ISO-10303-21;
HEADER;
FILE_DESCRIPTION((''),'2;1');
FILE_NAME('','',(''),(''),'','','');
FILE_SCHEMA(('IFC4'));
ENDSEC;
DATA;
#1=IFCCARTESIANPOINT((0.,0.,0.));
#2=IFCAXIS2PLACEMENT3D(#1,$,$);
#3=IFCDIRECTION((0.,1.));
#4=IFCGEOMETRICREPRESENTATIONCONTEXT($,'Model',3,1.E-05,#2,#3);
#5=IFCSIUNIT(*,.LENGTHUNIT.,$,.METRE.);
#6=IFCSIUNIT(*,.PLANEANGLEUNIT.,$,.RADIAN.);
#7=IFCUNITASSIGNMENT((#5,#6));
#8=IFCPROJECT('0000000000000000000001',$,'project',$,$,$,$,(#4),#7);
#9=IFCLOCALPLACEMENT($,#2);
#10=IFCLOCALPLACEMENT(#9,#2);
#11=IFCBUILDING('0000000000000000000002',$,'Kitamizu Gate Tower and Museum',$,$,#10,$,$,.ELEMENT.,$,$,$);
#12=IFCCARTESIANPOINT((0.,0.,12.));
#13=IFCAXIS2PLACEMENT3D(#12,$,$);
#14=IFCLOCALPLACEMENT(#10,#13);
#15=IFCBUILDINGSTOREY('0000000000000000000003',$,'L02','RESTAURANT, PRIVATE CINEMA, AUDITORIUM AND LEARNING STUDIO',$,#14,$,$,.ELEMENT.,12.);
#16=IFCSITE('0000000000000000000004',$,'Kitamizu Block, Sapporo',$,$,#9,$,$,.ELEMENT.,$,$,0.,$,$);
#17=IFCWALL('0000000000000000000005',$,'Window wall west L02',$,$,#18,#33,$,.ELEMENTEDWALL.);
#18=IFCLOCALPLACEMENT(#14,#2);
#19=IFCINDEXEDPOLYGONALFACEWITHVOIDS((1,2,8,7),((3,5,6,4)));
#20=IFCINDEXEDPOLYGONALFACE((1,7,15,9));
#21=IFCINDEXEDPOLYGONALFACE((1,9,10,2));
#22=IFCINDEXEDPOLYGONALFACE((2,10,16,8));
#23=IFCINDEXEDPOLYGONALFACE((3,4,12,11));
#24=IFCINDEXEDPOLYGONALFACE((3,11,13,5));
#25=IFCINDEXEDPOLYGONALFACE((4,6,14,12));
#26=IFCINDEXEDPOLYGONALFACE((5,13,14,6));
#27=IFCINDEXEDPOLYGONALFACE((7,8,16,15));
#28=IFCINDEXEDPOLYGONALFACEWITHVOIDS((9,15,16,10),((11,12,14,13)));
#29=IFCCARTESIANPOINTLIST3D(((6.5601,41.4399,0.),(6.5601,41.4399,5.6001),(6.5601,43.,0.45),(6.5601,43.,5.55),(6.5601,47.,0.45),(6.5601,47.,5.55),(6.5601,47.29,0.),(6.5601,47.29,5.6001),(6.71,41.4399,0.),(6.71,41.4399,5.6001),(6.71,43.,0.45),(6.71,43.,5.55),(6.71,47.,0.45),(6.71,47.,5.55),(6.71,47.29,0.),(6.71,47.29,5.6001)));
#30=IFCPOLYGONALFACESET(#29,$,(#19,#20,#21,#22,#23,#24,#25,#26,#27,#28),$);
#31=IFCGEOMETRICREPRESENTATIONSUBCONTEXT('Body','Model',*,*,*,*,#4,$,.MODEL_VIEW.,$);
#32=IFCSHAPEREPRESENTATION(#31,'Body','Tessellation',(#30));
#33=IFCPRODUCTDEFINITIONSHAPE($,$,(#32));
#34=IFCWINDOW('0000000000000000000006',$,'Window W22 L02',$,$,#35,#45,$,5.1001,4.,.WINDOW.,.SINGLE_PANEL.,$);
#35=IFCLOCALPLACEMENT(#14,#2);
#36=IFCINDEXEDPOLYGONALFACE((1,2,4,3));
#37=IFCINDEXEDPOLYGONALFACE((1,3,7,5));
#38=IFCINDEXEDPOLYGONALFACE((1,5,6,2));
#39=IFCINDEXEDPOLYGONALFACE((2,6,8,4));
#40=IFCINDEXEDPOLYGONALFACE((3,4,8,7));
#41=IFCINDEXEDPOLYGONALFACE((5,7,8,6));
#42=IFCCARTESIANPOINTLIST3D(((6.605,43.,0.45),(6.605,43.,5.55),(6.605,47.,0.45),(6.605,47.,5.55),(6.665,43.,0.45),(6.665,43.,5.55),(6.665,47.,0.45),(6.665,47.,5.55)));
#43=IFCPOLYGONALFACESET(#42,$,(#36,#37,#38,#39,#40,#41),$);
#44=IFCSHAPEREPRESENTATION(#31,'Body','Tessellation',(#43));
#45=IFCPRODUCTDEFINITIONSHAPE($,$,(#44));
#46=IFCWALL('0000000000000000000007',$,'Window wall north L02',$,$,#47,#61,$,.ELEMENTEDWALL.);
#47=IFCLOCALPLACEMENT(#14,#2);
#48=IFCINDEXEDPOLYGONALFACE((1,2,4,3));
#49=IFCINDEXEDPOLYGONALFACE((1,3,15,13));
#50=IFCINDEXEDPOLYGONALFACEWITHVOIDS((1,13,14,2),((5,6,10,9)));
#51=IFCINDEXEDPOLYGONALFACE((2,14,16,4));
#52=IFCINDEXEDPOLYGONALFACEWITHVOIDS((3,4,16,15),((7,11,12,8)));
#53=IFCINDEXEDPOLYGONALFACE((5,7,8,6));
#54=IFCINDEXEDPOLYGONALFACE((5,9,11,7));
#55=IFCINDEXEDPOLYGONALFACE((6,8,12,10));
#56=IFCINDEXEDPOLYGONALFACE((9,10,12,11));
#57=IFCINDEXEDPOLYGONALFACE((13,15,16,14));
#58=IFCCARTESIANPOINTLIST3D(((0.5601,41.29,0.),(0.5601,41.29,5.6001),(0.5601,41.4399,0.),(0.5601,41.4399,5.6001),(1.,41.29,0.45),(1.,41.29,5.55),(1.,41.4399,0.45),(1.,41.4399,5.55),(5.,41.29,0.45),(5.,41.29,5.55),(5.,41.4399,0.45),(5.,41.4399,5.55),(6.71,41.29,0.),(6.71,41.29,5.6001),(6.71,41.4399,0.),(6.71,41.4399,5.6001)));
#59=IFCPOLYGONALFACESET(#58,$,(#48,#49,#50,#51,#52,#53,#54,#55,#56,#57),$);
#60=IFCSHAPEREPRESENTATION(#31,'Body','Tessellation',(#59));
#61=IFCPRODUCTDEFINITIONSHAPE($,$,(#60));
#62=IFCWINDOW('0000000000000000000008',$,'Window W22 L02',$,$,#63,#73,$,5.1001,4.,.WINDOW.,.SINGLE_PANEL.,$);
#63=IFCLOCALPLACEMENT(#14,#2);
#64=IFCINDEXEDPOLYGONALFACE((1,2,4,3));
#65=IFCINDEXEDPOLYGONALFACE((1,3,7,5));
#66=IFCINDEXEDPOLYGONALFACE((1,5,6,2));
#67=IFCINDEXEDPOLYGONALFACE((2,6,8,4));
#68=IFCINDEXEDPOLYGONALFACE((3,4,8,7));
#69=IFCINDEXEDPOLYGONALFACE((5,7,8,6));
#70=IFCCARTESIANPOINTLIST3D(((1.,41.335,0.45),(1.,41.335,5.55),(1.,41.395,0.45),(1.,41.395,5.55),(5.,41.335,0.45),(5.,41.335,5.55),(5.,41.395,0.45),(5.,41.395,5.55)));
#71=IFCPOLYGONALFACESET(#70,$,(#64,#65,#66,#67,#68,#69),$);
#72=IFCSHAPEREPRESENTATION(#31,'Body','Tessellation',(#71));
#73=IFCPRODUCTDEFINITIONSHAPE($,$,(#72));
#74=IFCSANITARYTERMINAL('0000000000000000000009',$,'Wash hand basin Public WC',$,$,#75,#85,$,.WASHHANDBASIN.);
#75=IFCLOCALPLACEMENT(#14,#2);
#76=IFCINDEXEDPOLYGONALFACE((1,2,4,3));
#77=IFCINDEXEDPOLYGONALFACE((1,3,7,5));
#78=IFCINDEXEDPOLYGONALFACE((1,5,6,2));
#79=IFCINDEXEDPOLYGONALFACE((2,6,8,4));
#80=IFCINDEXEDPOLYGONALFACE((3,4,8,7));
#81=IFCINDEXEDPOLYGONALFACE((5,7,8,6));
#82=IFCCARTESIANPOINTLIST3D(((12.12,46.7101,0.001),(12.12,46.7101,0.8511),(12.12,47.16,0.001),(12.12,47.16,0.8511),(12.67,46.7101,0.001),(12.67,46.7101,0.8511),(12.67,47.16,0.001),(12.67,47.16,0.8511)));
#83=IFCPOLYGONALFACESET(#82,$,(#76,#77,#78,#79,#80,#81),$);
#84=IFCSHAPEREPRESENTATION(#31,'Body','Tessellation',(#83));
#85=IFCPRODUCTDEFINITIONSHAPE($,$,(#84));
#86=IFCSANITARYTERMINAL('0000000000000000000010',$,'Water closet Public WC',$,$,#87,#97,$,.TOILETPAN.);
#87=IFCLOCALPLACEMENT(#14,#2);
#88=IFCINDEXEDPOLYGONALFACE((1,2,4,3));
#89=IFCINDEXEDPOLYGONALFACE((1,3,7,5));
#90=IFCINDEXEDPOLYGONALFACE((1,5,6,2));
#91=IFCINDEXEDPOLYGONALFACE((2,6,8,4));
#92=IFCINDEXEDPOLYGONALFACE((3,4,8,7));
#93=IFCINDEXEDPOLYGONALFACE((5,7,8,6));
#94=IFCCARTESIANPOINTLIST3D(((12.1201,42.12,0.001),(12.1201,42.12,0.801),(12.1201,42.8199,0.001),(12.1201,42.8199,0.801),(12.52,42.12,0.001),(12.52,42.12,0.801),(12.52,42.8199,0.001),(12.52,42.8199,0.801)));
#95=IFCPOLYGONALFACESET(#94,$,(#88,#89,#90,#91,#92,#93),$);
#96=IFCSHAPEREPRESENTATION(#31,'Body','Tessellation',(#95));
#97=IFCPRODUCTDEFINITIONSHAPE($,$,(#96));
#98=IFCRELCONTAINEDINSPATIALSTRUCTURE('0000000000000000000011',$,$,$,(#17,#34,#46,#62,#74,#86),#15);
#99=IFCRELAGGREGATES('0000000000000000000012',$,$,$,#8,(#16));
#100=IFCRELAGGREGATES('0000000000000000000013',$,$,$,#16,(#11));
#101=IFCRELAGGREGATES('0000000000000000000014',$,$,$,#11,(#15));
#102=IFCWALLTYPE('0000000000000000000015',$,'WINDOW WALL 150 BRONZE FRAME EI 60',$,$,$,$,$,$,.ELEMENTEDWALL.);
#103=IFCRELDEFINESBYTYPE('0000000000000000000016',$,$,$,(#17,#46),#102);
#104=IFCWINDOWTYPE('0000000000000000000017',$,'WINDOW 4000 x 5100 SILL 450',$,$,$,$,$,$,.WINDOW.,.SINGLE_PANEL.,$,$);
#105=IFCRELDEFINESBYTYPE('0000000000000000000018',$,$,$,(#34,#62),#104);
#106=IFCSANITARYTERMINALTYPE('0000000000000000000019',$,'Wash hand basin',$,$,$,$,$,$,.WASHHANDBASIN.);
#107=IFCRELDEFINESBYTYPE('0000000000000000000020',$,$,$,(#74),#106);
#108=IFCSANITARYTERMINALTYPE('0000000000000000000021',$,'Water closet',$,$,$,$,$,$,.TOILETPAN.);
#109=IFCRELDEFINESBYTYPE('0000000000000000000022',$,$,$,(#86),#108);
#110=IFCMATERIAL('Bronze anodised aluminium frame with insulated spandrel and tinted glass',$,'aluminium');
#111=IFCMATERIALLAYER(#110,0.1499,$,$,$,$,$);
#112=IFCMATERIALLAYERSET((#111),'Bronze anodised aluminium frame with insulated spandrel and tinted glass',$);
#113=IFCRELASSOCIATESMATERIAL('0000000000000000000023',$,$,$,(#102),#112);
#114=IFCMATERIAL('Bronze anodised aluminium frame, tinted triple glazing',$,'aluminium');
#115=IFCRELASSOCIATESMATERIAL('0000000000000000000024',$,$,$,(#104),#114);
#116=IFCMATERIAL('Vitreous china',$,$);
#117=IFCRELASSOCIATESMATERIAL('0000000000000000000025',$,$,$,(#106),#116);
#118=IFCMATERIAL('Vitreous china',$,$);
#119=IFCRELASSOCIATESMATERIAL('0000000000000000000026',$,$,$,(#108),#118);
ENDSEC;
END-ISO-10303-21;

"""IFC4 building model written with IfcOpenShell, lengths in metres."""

from ifc_helpers import new_model, si_unit, direction, frame, frame_2d, origin, origin_2d, place, context, subcontext, project, spatial, rectangle, extrude, material, layer, layer_set, type_object, element, fill, save


model = new_model("IFC4")

# Units and contexts
model_context = context("Model", 3, precision=1e-05, world=origin(), true_north=direction((0.0, 1.0)))
body_context = subcontext(model_context, "Body", "Model", "MODEL_VIEW")
ifc_project = project(units=[si_unit("LENGTHUNIT", "METRE"), si_unit("PLANEANGLEUNIT", "RADIAN")], contexts=[model_context])

# Site, building, storey
site_placement = place(None, origin())
site = spatial("IfcSite", under=ifc_project, at=site_placement, Name="Kitamizu Block, Sapporo", CompositionType="ELEMENT", RefElevation=0.0)
building_placement = place(site_placement, origin())
building = spatial("IfcBuilding", under=site, at=building_placement, Name="Kitamizu Gate Tower and Museum", CompositionType="ELEMENT")
storey_placement = place(building_placement, frame((0.0, 0.0, 12.0)))
storey = spatial("IfcBuildingStorey", under=building, at=storey_placement, Name="L02", Description="RESTAURANT, PRIVATE CINEMA, AUDITORIUM AND LEARNING STUDIO", CompositionType="ELEMENT", Elevation=12.0)

# Shared definitions
ifc_material_1 = material(Name="Bronze anodised aluminium frame with insulated spandrel and tinted glass", Category="aluminium")
ifc_layer_1 = layer(ifc_material_1, 0.1499)
ifc_layer_set_1 = layer_set([ifc_layer_1], Name="Bronze anodised aluminium frame with insulated spandrel and tinted glass")
wall_type_1 = type_object("IfcWallType", Name="WINDOW WALL 150 BRONZE FRAME EI 60", PredefinedType="ELEMENTEDWALL", material=ifc_layer_set_1)

# Walls, openings, windows
wall_1_placement = place(storey_placement, frame((6.635, 41.4399, 0.0), z_axis=(0.0, 0.0, 1.0), x_axis=(0.0, 1.0, 0.0)))
wall_1 = element("IfcWall", 1, at=wall_1_placement, inside=storey, type_object=wall_type_1, Name="Window wall west L02", PredefinedType="ELEMENTEDWALL", context=body_context, shape_type="SweptSolid", body=[
    extrude(rectangle(XDim=5.8501, YDim=0.1499, at=frame_2d((2.925, 0.0))), origin(), (0.0, 0.0, 1.0), 5.6001),
])
opening_1_placement = place(wall_1_placement, frame((1.5601, 0.0, 0.45)))
opening_1 = element("IfcOpeningElement", 2, at=opening_1_placement, cuts=wall_1, PredefinedType="OPENING", context=body_context, shape_type="SweptSolid", body=[
    extrude(rectangle(XDim=4.0, YDim=5.1001, at=frame_2d((2.0, 2.55))), frame((0.0, 0.085, 0.0), z_axis=(0.0, -1.0, 0.0), x_axis=(1.0, 0.0, 0.0)), (0.0, 0.0, 1.0), 0.1699),
])
ifc_material_2 = material(Name="Bronze anodised aluminium frame, tinted triple glazing", Category="aluminium")
window_type_1 = type_object("IfcWindowType", Name="WINDOW 4000 x 5100 SILL 450", PartitioningType="SINGLE_PANEL", PredefinedType="WINDOW", material=ifc_material_2)
window_1_placement = place(opening_1_placement, origin())
window_1 = element("IfcWindow", 3, at=window_1_placement, inside=storey, type_object=window_type_1, Name="Window W22 L02", OverallHeight=5.1001, OverallWidth=4.0, PartitioningType="SINGLE_PANEL", PredefinedType="WINDOW", context=body_context, shape_type="SweptSolid", body=[
    extrude(rectangle(XDim=4.0, YDim=5.1001, at=frame_2d((2.0, 2.55))), frame((0.0, 0.03, 0.0), z_axis=(0.0, -1.0, 0.0), x_axis=(1.0, 0.0, 0.0)), (0.0, 0.0, 1.0), 0.0601),
])
fill(opening_1, window_1)
wall_2_placement = place(storey_placement, frame((0.5601, 41.365, 0.0), z_axis=(0.0, 0.0, 1.0), x_axis=(1.0, 0.0, 0.0)))
wall_2 = element("IfcWall", 4, at=wall_2_placement, inside=storey, type_object=wall_type_1, Name="Window wall north L02", PredefinedType="ELEMENTEDWALL", context=body_context, shape_type="SweptSolid", body=[
    extrude(rectangle(XDim=6.1499, YDim=0.1499, at=frame_2d((3.075, 0.0))), origin(), (0.0, 0.0, 1.0), 5.6001),
])
opening_2_placement = place(wall_2_placement, frame((0.4399, 0.0, 0.45)))
opening_2 = element("IfcOpeningElement", 5, at=opening_2_placement, cuts=wall_2, PredefinedType="OPENING", context=body_context, shape_type="SweptSolid", body=[
    extrude(rectangle(XDim=4.0, YDim=5.1001, at=frame_2d((2.0, 2.55))), frame((0.0, 0.085, 0.0), z_axis=(0.0, -1.0, 0.0), x_axis=(1.0, 0.0, 0.0)), (0.0, 0.0, 1.0), 0.1699),
])
window_2_placement = place(opening_2_placement, origin())
window_2 = element("IfcWindow", 6, at=window_2_placement, inside=storey, type_object=window_type_1, Name="Window W22 L02", OverallHeight=5.1001, OverallWidth=4.0, PartitioningType="SINGLE_PANEL", PredefinedType="WINDOW", context=body_context, shape_type="SweptSolid", body=[
    extrude(rectangle(XDim=4.0, YDim=5.1001, at=frame_2d((2.0, 2.55))), frame((0.0, 0.03, 0.0), z_axis=(0.0, -1.0, 0.0), x_axis=(1.0, 0.0, 0.0)), (0.0, 0.0, 1.0), 0.0601),
])
fill(opening_2, window_2)

# Sanitary terminals
ifc_material_3 = material(Name="Vitreous china")
sanitary_terminal_type_1 = type_object("IfcSanitaryTerminalType", Name="Wash hand basin", PredefinedType="WASHHANDBASIN", material=ifc_material_3)
sanitary_terminal_1_placement = place(storey_placement, frame((12.395, 46.9351, 0.001), z_axis=(0.0, 0.0, 1.0), x_axis=(1.0, 0.0, 0.0)))
element("IfcSanitaryTerminal", 7, at=sanitary_terminal_1_placement, inside=storey, type_object=sanitary_terminal_type_1, Name="Wash hand basin Public WC", PredefinedType="WASHHANDBASIN", context=body_context, shape_type="SweptSolid", body=[
    extrude(rectangle(XDim=0.55, YDim=0.45, at=origin_2d()), origin(), (0.0, 0.0, 1.0), 0.8501),
])
ifc_material_4 = material(Name="Vitreous china")
sanitary_terminal_type_2 = type_object("IfcSanitaryTerminalType", Name="Water closet", PredefinedType="TOILETPAN", material=ifc_material_4)
sanitary_terminal_2_placement = place(storey_placement, frame((12.3201, 42.47, 0.001), z_axis=(0.0, 0.0, 1.0), x_axis=(1.0, 0.0, 0.0)))
element("IfcSanitaryTerminal", 8, at=sanitary_terminal_2_placement, inside=storey, type_object=sanitary_terminal_type_2, Name="Water closet Public WC", PredefinedType="TOILETPAN", context=body_context, shape_type="SweptSolid", body=[
    extrude(rectangle(XDim=0.3999, YDim=0.7, at=origin_2d()), origin(), (0.0, 0.0, 1.0), 0.8),
])

save(model, "model.ifc")
